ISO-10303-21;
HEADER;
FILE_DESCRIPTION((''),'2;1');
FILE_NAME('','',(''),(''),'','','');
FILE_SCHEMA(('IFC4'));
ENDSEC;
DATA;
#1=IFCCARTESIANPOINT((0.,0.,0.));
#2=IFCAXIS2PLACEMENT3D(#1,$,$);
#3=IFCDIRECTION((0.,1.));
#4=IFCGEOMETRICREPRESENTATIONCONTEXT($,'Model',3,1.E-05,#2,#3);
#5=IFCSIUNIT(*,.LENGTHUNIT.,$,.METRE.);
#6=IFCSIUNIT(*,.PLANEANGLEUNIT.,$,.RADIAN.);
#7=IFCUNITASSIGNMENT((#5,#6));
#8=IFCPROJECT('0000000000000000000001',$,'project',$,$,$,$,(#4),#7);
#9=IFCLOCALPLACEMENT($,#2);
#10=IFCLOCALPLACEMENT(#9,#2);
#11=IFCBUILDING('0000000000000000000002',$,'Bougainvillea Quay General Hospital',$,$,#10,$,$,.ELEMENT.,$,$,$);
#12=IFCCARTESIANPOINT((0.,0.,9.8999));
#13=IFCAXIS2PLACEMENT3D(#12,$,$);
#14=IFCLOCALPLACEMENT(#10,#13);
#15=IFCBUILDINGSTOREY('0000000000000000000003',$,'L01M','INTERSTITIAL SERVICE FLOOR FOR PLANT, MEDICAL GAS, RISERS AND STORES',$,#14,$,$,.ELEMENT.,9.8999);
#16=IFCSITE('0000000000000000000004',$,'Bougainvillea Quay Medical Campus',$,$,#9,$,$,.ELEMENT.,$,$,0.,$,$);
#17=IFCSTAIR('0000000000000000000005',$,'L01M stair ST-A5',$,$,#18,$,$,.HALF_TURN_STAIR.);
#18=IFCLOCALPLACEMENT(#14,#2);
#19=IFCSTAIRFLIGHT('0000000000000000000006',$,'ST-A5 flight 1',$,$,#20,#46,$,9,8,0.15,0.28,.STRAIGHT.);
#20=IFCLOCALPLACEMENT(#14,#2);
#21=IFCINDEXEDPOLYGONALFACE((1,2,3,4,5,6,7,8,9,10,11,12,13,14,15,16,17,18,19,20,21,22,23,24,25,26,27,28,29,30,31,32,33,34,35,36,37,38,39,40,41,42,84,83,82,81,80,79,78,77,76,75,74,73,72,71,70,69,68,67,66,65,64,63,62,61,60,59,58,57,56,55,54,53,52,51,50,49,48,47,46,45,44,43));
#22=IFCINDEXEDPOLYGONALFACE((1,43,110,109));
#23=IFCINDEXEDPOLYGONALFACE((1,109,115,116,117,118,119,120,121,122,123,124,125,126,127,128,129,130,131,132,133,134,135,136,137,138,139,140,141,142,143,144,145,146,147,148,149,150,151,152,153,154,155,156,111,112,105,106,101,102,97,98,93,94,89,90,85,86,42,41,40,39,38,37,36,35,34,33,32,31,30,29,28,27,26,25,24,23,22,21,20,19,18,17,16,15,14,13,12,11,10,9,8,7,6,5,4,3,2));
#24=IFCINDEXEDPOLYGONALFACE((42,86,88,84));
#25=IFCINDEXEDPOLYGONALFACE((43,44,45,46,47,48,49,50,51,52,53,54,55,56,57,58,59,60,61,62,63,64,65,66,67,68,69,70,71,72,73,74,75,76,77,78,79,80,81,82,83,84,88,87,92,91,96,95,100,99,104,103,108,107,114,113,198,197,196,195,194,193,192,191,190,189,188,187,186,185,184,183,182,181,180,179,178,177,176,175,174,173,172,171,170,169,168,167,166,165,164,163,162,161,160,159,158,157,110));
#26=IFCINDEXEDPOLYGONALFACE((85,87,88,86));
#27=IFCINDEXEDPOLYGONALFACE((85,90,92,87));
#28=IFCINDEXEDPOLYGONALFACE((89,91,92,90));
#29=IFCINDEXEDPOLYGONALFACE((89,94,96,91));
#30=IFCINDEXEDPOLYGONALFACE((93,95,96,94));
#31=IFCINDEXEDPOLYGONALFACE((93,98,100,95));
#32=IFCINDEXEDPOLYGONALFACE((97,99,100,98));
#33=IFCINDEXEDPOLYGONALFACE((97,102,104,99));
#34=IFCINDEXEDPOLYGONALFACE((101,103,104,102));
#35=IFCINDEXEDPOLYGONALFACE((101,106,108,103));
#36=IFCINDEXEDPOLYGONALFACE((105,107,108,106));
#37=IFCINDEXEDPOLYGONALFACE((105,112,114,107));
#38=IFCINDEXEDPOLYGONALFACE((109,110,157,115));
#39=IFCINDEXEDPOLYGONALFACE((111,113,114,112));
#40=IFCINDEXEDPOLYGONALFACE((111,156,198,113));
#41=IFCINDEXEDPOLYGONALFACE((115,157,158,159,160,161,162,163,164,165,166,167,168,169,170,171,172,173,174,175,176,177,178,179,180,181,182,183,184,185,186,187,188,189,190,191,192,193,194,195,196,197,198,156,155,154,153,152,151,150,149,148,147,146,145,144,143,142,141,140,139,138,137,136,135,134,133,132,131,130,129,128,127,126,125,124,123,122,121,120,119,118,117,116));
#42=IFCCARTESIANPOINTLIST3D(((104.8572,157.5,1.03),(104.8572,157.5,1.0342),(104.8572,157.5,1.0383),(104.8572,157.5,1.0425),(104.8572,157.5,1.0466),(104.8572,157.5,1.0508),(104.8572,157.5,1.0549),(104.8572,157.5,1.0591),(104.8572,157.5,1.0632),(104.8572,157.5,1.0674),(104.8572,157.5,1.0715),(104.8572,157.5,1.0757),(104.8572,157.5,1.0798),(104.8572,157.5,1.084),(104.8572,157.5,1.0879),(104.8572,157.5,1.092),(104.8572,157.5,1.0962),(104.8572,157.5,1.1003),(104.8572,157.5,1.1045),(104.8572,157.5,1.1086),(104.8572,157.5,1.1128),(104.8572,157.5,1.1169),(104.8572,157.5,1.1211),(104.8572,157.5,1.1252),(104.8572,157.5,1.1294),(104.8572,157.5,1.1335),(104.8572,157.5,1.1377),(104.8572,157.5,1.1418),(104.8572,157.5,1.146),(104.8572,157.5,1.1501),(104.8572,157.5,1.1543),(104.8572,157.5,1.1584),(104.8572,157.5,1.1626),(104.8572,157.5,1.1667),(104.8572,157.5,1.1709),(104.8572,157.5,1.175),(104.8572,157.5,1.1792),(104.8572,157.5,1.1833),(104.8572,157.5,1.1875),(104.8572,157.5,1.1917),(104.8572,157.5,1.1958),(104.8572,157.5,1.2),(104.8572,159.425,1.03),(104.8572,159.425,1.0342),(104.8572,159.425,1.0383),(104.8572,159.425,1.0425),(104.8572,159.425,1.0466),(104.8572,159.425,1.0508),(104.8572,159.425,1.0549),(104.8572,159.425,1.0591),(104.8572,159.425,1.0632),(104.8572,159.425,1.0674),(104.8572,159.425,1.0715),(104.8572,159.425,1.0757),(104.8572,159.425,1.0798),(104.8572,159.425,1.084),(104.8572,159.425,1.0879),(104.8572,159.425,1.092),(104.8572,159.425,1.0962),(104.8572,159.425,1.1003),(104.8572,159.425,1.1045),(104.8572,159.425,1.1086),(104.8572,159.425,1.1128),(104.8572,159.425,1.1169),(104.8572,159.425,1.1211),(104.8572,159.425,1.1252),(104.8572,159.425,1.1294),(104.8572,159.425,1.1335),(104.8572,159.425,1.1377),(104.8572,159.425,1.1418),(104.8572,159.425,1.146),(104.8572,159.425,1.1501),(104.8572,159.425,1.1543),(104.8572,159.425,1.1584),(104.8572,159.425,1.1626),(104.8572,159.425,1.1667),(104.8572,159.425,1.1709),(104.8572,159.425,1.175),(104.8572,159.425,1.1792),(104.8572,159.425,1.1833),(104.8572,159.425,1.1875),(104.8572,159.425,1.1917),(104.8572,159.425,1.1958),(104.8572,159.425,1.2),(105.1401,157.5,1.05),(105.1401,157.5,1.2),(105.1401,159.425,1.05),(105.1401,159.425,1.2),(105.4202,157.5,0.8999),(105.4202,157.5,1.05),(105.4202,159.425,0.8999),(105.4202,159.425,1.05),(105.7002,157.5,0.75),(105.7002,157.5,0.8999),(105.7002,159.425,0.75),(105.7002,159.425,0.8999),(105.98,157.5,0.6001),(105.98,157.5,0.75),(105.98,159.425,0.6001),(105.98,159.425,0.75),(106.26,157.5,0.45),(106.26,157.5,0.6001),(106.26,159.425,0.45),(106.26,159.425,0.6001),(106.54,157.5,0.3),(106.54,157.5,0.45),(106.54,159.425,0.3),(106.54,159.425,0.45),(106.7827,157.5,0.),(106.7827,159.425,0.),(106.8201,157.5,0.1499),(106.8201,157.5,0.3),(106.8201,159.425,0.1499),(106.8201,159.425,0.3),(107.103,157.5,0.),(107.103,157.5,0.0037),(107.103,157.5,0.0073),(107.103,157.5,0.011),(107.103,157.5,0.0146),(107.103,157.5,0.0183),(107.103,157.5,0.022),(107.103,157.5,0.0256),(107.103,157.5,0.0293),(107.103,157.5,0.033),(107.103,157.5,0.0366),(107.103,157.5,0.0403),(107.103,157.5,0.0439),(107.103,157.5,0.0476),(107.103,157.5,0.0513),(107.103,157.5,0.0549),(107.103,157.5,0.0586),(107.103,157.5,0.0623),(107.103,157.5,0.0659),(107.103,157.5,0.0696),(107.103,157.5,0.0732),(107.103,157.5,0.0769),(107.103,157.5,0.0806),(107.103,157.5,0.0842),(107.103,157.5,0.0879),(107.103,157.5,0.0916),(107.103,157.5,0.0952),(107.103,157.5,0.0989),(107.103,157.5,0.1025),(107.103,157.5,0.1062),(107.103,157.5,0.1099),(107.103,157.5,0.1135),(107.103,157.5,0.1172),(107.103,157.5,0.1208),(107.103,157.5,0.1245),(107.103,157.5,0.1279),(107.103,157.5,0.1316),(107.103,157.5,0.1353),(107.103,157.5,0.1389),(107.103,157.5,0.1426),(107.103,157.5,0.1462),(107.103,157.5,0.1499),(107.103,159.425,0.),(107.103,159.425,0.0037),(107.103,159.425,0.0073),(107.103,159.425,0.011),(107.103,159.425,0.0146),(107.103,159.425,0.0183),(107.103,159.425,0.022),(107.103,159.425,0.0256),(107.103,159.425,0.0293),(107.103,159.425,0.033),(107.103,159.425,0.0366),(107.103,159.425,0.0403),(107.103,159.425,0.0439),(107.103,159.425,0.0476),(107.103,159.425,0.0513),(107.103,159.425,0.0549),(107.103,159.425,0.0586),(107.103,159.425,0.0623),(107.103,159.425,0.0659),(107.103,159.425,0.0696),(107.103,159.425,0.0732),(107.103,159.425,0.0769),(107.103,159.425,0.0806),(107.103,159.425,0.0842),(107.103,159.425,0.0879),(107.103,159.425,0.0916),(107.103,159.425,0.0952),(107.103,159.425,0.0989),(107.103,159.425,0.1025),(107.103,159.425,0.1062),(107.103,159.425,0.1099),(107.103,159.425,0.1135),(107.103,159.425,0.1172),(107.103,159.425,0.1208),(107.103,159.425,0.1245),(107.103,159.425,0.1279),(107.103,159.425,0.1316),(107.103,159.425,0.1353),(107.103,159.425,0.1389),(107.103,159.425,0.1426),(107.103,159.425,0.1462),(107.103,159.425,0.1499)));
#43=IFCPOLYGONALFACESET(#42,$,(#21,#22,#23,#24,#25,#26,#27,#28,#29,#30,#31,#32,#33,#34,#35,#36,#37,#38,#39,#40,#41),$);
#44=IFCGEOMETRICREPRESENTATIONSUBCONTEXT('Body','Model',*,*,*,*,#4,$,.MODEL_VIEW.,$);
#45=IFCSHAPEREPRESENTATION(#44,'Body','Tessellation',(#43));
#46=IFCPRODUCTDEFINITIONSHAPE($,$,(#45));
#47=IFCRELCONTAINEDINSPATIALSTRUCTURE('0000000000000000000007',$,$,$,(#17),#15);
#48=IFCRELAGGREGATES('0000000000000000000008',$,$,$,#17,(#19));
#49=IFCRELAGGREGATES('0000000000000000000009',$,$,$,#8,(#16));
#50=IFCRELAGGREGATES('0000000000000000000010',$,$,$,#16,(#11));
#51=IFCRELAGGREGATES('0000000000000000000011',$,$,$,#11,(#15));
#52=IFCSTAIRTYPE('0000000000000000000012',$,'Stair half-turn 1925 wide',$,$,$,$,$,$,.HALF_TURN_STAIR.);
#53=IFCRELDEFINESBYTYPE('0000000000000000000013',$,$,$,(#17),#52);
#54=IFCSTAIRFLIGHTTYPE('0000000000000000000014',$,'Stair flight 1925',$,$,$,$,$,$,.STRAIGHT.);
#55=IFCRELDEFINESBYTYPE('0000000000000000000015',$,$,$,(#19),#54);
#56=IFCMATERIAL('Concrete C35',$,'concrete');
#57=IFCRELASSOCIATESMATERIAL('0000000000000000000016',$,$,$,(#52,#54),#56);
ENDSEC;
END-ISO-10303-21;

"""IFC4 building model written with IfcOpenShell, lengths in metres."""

from ifc_helpers import new_model, si_unit, direction, frame, origin, place, context, subcontext, project, spatial, polyline, outline, extrude, material, type_object, element, aggregate, save


model = new_model("IFC4")

# Units and contexts
model_context = context("Model", 3, precision=1e-05, world=origin(), true_north=direction((0.0, 1.0)))
body_context = subcontext(model_context, "Body", "Model", "MODEL_VIEW")
ifc_project = project(units=[si_unit("LENGTHUNIT", "METRE"), si_unit("PLANEANGLEUNIT", "RADIAN")], contexts=[model_context])

# Site, building, storey
site_placement = place(None, origin())
site = spatial("IfcSite", under=ifc_project, at=site_placement, Name="Bougainvillea Quay Medical Campus", CompositionType="ELEMENT", RefElevation=0.0)
building_placement = place(site_placement, origin())
building = spatial("IfcBuilding", under=site, at=building_placement, Name="Bougainvillea Quay General Hospital", CompositionType="ELEMENT")
storey_placement = place(building_placement, frame((0.0, 0.0, 9.8999)))
storey = spatial("IfcBuildingStorey", under=building, at=storey_placement, Name="L01M", Description="INTERSTITIAL SERVICE FLOOR FOR PLANT, MEDICAL GAS, RISERS AND STORES", CompositionType="ELEMENT", Elevation=9.8999)

# Stair, stair flight
ifc_material_1 = material(Name="Concrete C35", Category="concrete")
stair_type = type_object("IfcStairType", Name="Stair half-turn 1925 wide", PredefinedType="HALF_TURN_STAIR", material=ifc_material_1)
stair_placement = place(storey_placement, origin())
stair = element("IfcStair", 1, at=stair_placement, inside=storey, type_object=stair_type, Name="L01M stair ST-A5", PredefinedType="HALF_TURN_STAIR")
stair_flight_type = type_object("IfcStairFlightType", Name="Stair flight 1925", PredefinedType="STRAIGHT", material=ifc_material_1)
stair_flight_1_placement = place(storey_placement, frame((107.1001, 158.4624, 0.0), z_axis=(0.0, 0.0, 1.0), x_axis=(-1.0, 0.0, 0.0)))
stair_flight_1 = element("IfcStairFlight", 2, at=stair_flight_1_placement, type_object=stair_flight_type, Name="ST-A5 flight 1", NumberOfRisers=9, NumberOfTreads=8, PredefinedType="STRAIGHT", RiserHeight=0.15, TreadLength=0.28, context=body_context, shape_type="SweptSolid", body=[
    extrude(outline(polyline([(-0.0029, 0.0), (-0.0029, 0.0037), (-0.0029, 0.0073), (-0.0029, 0.011), (-0.0029, 0.0146), (-0.0029, 0.0183), (-0.0029, 0.022), (-0.0029, 0.0256), (-0.0029, 0.0293), (-0.0029, 0.033), (-0.0029, 0.0366), (-0.0029, 0.0403), (-0.0029, 0.0439), (-0.0029, 0.0476), (-0.0029, 0.0513), (-0.0029, 0.0549), (-0.0029, 0.0586), (-0.0029, 0.0623), (-0.0029, 0.0659), (-0.0029, 0.0696), (-0.0029, 0.0732), (-0.0029, 0.0769), (-0.0029, 0.0806), (-0.0029, 0.0842), (-0.0029, 0.0879), (-0.0029, 0.0916), (-0.0029, 0.0952), (-0.0029, 0.0989), (-0.0029, 0.1025), (-0.0029, 0.1062), (-0.0029, 0.1099), (-0.0029, 0.1135), (-0.0029, 0.1172), (-0.0029, 0.1208), (-0.0029, 0.1245), (-0.0029, 0.1279), (-0.0029, 0.1316), (-0.0029, 0.1353), (-0.0029, 0.1389), (-0.0029, 0.1426), (-0.0029, 0.1462), (-0.0029, 0.1499), (0.28, 0.1499), (0.28, 0.3), (0.5601, 0.3), (0.5601, 0.45), (0.8401, 0.45), (0.8401, 0.6001), (1.1201, 0.6001), (1.1201, 0.75), (1.3999, 0.75), (1.3999, 0.8999), (1.6799, 0.8999), (1.6799, 1.05), (1.96, 1.05), (1.96, 1.2), (2.2429, 1.2), (2.2429, 1.1958), (2.2429, 1.1917), (2.2429, 1.1875), (2.2429, 1.1833), (2.2429, 1.1792), (2.2429, 1.175), (2.2429, 1.1709), (2.2429, 1.1667), (2.2429, 1.1626), (2.2429, 1.1584), (2.2429, 1.1543), (2.2429, 1.1501), (2.2429, 1.146), (2.2429, 1.1418), (2.2429, 1.1377), (2.2429, 1.1335), (2.2429, 1.1294), (2.2429, 1.1252), (2.2429, 1.1211), (2.2429, 1.1169), (2.2429, 1.1128), (2.2429, 1.1086), (2.2429, 1.1045), (2.2429, 1.1003), (2.2429, 1.0962), (2.2429, 1.092), (2.2429, 1.0879), (2.2429, 1.084), (2.2429, 1.0798), (2.2429, 1.0757), (2.2429, 1.0715), (2.2429, 1.0674), (2.2429, 1.0632), (2.2429, 1.0591), (2.2429, 1.0549), (2.2429, 1.0508), (2.2429, 1.0466), (2.2429, 1.0425), (2.2429, 1.0383), (2.2429, 1.0342), (2.2429, 1.03), (0.3174, 0.0), (-0.0029, 0.0)])), frame((0.0, 0.9624, 0.0), z_axis=(0.0, -1.0, 0.0), x_axis=(1.0, 0.0, 0.0)), (0.0, 0.0, 1.0), 1.925),
])
aggregate(stair, [stair_flight_1])

save(model, "model.ifc")
